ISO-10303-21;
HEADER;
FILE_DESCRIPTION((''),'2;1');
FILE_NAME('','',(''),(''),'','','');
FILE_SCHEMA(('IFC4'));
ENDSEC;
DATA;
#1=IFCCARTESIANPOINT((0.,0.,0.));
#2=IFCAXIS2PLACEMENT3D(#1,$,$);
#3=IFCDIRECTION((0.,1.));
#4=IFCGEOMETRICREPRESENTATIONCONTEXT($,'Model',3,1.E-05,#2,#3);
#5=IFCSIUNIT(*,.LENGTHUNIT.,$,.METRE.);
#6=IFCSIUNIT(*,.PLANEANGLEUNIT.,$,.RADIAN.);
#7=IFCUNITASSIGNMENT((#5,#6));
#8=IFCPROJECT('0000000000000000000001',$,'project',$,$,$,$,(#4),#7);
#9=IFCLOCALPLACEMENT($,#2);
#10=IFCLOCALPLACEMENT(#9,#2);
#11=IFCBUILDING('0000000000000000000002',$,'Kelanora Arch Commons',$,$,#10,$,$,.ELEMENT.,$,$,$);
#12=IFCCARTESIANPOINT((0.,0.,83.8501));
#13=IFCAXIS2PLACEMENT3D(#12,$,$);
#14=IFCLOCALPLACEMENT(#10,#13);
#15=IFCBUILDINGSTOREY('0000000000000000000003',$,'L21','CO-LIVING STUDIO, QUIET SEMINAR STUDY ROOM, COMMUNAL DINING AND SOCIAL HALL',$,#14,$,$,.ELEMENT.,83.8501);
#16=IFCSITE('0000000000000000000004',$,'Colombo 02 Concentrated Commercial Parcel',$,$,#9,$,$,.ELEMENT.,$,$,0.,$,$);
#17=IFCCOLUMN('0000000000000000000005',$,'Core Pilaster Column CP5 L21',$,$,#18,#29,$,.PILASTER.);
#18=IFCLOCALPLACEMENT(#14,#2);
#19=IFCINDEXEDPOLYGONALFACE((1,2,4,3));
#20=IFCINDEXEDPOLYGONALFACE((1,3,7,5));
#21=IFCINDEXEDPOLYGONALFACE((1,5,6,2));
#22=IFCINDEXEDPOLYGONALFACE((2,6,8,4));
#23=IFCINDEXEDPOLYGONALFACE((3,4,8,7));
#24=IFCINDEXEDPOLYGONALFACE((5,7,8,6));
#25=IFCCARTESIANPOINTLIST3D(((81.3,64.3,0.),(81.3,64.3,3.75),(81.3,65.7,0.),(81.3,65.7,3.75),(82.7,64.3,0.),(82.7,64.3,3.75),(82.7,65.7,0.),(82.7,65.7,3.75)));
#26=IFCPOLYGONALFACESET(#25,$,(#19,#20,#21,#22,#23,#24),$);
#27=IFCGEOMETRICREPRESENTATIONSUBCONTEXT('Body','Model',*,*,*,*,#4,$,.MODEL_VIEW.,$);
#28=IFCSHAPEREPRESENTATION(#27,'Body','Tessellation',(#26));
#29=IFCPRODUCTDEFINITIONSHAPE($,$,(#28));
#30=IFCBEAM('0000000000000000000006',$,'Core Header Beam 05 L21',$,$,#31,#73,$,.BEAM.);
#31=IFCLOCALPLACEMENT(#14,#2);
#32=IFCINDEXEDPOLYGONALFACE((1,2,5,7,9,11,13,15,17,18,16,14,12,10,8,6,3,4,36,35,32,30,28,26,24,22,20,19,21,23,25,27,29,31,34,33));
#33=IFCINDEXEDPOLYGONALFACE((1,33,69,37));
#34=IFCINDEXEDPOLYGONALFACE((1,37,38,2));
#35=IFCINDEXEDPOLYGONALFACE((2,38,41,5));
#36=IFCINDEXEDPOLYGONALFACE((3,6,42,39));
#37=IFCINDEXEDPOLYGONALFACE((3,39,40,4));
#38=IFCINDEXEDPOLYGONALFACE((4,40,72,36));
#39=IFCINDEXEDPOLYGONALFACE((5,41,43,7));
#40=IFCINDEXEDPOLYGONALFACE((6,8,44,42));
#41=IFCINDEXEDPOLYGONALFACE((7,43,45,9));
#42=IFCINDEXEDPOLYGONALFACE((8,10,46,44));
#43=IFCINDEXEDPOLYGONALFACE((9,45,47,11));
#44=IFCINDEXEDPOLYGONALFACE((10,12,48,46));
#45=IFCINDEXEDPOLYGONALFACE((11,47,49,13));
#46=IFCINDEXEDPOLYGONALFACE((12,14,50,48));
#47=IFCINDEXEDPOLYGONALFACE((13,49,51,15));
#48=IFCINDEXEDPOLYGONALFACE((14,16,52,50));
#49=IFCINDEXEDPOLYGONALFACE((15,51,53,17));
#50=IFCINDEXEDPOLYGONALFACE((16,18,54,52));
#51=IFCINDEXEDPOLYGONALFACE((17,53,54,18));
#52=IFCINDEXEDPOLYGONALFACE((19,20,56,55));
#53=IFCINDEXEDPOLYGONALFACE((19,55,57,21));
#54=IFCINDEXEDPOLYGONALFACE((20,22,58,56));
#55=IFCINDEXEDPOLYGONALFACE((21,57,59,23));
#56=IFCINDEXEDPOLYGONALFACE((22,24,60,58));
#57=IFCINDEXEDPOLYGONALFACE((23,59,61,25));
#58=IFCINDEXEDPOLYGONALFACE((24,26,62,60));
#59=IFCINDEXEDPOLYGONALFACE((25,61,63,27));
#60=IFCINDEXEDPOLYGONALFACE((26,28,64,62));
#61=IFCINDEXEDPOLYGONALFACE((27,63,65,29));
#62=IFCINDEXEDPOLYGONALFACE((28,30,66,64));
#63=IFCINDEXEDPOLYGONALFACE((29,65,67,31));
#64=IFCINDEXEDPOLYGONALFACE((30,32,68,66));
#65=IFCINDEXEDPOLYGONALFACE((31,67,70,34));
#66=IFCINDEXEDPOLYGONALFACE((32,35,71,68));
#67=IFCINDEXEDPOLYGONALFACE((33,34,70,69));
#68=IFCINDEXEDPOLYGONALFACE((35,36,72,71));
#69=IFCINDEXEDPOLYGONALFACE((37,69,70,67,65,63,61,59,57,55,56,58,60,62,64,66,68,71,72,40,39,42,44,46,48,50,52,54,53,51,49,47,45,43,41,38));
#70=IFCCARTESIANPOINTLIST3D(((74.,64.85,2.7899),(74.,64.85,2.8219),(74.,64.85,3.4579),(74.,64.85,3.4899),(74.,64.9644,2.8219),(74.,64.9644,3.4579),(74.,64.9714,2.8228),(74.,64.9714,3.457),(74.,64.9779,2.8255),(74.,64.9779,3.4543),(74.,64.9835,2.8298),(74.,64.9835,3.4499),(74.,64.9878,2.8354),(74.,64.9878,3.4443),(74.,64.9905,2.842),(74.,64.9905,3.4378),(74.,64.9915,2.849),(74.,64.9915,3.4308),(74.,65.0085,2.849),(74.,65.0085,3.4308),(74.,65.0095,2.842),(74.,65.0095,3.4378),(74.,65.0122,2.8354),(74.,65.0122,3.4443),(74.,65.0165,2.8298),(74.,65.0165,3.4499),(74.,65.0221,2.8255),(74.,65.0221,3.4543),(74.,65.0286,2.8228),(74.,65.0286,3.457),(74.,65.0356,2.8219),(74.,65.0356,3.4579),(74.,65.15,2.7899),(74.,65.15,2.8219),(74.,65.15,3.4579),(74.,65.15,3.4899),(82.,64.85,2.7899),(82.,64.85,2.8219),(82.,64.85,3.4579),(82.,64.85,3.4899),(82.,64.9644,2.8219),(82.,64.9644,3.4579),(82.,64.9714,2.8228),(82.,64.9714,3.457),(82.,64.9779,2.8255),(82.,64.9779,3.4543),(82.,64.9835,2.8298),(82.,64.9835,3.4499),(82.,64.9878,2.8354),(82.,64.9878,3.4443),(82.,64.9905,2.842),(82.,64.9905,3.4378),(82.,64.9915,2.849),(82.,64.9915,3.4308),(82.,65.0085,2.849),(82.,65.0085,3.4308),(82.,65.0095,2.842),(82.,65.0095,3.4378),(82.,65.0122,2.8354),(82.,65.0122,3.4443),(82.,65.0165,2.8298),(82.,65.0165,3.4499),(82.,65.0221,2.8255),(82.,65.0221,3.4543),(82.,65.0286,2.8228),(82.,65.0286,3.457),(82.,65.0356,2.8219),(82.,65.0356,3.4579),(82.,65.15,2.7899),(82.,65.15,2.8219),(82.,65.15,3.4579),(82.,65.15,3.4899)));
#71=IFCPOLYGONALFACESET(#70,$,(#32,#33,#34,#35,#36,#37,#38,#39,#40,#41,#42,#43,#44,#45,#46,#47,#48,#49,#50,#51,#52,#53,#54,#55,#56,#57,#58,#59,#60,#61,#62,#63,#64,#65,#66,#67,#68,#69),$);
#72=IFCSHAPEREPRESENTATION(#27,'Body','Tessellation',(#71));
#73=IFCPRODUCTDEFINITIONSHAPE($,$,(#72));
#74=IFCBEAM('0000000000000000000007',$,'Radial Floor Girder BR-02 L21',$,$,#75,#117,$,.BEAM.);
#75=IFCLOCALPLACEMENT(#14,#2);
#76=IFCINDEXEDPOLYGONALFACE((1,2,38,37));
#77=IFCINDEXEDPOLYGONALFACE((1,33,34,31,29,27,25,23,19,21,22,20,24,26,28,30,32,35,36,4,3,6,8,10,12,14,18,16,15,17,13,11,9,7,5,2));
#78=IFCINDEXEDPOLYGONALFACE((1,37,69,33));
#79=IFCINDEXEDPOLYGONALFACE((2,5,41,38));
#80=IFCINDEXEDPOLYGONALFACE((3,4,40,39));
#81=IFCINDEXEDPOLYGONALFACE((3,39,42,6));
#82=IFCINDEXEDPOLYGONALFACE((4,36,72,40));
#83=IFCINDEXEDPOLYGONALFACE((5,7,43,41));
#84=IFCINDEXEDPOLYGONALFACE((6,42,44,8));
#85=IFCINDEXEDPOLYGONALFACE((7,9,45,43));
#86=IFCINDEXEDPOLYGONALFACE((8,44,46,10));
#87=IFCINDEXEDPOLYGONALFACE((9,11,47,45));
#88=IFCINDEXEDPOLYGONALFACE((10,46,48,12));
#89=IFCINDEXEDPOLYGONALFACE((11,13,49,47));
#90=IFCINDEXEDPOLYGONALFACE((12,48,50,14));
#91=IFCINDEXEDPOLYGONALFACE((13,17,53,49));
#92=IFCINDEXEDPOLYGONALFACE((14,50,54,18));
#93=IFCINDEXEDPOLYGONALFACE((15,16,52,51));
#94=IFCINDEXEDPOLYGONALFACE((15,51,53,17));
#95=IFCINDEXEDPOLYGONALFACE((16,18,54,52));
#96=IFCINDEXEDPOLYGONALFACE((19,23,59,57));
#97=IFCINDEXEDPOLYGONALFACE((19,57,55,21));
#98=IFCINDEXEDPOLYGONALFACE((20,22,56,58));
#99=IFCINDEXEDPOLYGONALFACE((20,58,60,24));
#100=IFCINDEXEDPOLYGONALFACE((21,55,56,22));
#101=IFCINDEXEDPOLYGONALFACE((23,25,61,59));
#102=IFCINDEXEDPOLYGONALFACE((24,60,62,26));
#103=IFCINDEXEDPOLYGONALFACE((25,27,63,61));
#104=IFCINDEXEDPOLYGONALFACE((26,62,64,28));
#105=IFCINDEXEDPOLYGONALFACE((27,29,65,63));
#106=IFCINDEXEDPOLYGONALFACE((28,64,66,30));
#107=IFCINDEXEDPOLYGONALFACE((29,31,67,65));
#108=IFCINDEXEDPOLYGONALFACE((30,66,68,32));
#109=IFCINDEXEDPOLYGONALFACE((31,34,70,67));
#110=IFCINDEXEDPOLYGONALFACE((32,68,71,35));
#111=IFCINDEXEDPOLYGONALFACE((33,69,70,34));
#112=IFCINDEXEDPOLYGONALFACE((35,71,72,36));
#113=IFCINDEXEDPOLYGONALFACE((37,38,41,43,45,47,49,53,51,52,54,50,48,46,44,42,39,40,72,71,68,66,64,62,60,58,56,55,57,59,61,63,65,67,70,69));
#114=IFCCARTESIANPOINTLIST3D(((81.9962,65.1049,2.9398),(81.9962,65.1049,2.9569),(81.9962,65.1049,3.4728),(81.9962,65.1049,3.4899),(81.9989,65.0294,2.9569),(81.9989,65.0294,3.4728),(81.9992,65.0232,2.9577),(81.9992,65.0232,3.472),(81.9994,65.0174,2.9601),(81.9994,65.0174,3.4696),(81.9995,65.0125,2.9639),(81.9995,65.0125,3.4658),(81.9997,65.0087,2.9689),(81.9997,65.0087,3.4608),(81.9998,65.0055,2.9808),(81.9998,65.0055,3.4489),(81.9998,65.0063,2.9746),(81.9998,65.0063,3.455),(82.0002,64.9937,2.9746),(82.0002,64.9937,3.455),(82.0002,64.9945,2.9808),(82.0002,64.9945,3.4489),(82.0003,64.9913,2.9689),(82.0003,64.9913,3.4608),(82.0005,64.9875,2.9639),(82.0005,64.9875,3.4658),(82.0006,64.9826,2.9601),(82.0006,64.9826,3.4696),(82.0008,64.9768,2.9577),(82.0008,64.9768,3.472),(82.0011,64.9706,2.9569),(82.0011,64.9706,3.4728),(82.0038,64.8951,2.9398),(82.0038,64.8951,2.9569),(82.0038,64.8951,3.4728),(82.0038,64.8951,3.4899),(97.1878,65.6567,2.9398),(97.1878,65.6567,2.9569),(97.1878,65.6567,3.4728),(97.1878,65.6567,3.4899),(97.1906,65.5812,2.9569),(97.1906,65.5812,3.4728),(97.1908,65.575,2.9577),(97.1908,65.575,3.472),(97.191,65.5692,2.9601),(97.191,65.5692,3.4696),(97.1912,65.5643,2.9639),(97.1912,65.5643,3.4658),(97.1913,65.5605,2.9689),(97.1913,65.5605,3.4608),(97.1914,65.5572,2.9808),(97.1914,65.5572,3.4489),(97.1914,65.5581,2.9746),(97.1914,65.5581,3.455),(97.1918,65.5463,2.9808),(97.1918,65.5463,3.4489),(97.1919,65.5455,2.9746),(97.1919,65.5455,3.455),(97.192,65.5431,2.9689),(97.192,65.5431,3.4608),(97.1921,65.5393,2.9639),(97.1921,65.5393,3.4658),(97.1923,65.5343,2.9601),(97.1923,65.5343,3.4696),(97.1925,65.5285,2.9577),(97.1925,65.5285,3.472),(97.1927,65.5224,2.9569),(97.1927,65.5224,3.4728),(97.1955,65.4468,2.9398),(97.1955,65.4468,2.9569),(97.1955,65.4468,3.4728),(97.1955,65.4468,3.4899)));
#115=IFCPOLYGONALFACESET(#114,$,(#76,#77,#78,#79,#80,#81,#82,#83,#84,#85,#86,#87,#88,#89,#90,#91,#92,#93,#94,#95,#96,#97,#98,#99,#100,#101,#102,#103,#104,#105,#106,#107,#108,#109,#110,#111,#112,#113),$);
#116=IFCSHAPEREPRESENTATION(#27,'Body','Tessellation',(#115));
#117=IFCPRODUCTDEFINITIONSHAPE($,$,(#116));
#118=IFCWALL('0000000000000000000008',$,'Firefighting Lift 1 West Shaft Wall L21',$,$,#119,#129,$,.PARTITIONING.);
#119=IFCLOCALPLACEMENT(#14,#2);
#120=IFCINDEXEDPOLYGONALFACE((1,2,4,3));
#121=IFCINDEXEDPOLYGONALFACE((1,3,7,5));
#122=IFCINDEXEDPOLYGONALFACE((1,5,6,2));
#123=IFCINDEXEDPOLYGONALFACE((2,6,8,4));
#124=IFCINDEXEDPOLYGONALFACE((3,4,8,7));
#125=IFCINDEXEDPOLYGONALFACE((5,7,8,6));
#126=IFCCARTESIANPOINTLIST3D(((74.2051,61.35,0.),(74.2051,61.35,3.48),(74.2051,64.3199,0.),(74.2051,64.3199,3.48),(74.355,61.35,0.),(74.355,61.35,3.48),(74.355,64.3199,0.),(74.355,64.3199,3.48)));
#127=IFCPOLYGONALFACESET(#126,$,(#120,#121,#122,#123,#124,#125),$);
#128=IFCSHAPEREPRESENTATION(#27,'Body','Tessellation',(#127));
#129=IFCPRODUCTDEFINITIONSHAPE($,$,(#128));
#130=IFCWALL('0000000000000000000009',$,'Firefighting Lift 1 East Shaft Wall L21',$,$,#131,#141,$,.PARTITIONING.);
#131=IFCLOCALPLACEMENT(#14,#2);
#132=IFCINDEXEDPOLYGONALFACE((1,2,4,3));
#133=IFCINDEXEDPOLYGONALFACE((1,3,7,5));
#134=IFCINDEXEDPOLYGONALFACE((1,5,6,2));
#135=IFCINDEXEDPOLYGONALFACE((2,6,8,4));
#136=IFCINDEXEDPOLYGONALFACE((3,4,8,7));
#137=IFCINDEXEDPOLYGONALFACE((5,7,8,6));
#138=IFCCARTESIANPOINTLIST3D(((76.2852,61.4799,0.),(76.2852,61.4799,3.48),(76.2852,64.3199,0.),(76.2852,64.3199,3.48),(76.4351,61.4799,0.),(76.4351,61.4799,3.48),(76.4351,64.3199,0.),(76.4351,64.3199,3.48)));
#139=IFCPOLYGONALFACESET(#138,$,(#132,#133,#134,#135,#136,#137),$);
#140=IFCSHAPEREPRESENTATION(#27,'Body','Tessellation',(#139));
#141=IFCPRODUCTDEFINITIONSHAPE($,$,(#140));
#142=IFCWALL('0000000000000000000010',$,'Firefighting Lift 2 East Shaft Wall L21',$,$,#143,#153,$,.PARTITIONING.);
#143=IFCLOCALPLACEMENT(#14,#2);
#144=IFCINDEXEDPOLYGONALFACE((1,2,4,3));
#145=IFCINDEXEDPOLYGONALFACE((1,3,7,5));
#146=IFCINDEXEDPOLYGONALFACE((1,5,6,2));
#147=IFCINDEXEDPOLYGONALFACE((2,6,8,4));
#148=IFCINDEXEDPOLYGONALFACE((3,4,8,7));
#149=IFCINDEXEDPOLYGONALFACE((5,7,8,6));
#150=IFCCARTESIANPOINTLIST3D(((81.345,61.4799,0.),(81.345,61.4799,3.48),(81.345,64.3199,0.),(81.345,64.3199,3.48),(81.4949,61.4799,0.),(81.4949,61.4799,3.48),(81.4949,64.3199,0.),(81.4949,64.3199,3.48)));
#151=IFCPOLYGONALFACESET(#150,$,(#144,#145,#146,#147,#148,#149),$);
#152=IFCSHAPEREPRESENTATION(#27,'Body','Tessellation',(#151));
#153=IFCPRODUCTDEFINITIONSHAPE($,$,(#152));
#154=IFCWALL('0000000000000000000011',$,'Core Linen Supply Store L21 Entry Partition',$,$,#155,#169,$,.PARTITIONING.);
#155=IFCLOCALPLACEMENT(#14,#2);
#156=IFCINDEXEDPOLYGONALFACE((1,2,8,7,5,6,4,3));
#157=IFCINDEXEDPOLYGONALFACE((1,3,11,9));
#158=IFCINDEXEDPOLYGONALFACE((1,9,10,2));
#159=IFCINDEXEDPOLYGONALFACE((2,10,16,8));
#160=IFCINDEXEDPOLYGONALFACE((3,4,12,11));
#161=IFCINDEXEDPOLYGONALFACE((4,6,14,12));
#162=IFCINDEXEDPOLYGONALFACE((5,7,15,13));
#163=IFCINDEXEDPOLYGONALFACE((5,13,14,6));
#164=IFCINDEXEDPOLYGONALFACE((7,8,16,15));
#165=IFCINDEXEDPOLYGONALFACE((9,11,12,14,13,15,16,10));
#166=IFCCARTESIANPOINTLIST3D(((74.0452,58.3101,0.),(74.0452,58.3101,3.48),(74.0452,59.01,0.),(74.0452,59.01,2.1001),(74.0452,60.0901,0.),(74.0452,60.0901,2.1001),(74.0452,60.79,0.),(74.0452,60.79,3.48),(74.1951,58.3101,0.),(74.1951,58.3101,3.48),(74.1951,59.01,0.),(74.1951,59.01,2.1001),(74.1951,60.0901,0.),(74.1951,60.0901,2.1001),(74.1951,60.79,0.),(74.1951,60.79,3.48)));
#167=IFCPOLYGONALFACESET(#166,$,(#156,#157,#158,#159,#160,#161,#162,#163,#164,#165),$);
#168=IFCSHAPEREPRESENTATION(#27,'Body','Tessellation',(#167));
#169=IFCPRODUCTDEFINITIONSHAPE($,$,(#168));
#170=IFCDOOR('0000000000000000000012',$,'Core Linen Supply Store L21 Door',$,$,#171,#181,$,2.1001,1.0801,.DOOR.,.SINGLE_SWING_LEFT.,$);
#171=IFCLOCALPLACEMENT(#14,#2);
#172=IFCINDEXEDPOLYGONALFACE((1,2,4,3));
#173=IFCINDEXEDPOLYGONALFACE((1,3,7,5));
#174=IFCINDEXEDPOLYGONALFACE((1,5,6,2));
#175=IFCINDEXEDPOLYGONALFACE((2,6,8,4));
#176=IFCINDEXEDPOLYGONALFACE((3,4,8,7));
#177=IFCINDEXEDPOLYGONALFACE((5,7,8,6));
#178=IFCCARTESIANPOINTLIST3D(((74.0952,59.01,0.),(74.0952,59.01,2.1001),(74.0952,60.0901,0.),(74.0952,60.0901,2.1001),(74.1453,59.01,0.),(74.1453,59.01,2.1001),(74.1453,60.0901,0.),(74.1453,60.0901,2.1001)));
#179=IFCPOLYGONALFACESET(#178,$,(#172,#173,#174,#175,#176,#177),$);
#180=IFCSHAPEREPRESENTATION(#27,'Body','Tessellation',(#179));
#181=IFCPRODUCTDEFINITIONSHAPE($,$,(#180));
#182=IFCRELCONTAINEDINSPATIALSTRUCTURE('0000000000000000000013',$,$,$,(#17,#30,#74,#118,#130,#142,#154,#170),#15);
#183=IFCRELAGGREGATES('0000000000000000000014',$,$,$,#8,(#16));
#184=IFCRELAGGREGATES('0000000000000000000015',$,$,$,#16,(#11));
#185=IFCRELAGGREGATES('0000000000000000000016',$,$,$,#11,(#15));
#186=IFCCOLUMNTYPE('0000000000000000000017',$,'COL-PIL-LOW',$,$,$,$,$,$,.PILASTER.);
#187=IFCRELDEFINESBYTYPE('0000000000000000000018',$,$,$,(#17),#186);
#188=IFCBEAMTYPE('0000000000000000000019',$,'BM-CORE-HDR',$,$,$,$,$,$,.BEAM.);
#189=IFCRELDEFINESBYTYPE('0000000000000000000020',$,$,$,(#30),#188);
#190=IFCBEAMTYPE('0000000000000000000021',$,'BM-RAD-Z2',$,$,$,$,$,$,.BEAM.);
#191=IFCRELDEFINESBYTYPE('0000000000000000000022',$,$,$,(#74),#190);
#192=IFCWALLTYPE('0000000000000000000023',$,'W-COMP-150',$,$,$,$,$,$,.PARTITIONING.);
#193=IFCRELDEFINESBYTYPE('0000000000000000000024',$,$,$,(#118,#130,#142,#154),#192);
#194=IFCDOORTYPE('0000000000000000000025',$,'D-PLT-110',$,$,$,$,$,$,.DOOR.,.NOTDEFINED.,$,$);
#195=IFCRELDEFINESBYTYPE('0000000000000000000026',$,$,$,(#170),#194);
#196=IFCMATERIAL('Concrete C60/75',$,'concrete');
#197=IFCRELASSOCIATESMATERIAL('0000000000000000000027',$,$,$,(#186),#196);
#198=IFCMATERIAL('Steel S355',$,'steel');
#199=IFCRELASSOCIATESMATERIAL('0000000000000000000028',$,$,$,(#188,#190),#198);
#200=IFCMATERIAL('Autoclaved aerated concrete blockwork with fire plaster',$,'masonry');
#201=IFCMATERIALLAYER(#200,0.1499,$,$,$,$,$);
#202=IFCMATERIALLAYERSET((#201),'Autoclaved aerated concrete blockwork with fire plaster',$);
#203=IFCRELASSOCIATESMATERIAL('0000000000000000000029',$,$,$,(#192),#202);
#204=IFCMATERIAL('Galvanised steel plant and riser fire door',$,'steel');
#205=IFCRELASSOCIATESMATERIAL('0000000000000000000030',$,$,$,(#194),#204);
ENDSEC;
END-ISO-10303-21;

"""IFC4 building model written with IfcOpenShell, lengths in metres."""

from ifc_helpers import new_model, si_unit, direction, frame, frame_2d, origin, origin_2d, place, context, subcontext, project, spatial, rectangle, i_section, extrude, material, layer, layer_set, material_profile, profile_set, type_object, element, fill, save


model = new_model("IFC4")

# Units and contexts
model_context = context("Model", 3, precision=1e-05, world=origin(), true_north=direction((0.0, 1.0)))
body_context = subcontext(model_context, "Body", "Model", "MODEL_VIEW")
ifc_project = project(units=[si_unit("LENGTHUNIT", "METRE"), si_unit("PLANEANGLEUNIT", "RADIAN")], contexts=[model_context])

# Site, building, storey
site_placement = place(None, origin())
site = spatial("IfcSite", under=ifc_project, at=site_placement, Name="Colombo 02 Concentrated Commercial Parcel", CompositionType="ELEMENT", RefElevation=0.0)
building_placement = place(site_placement, origin())
building = spatial("IfcBuilding", under=site, at=building_placement, Name="Kelanora Arch Commons", CompositionType="ELEMENT")
storey_placement = place(building_placement, frame((0.0, 0.0, 83.8501)))
storey = spatial("IfcBuildingStorey", under=building, at=storey_placement, Name="L21", Description="CO-LIVING STUDIO, QUIET SEMINAR STUDY ROOM, COMMUNAL DINING AND SOCIAL HALL", CompositionType="ELEMENT", Elevation=83.8501)

# Column
ifc_material_1 = material(Name="Concrete C60/75", Category="concrete")
ifc_material_profile_1 = material_profile(ifc_material_1, rectangle(XDim=1.3999, YDim=1.3999, at=origin_2d()), Name="RC1400x1400")
ifc_profile_set_1 = profile_set([ifc_material_profile_1], Name="Concrete C60/75")
column_type = type_object("IfcColumnType", Name="COL-PIL-LOW", PredefinedType="PILASTER", material=ifc_profile_set_1)
column_placement = place(storey_placement, frame((82.0, 65.0, 0.0), z_axis=(0.0, 0.0, 1.0), x_axis=(1.0, 0.0, 0.0)))
element("IfcColumn", 1, at=column_placement, inside=storey, type_object=column_type, Name="Core Pilaster Column CP5 L21", PredefinedType="PILASTER", context=body_context, shape_type="SweptSolid", body=[
    extrude(rectangle(XDim=1.3999, YDim=1.3999, at=origin_2d()), origin(), (0.0, 0.0, 1.0), 3.75),
])

# Beams
ifc_material_2 = material(Name="Steel S355", Category="steel")
ifc_material_profile_2 = material_profile(ifc_material_2, i_section(OverallWidth=0.3, OverallDepth=0.7, WebThickness=0.0171, FlangeThickness=0.032, FilletRadius=0.0271, at=origin_2d()), Name="HEB700")
ifc_profile_set_2 = profile_set([ifc_material_profile_2], Name="Steel S355")
beam_type_1 = type_object("IfcBeamType", Name="BM-CORE-HDR", PredefinedType="BEAM", material=ifc_profile_set_2)
beam_1_placement = place(storey_placement, frame((82.0, 65.0, 3.1399), z_axis=(-1.0, 0.0, 0.0), x_axis=(0.0, -1.0, 0.0)))
element("IfcBeam", 2, at=beam_1_placement, inside=storey, type_object=beam_type_1, Name="Core Header Beam 05 L21", PredefinedType="BEAM", context=body_context, shape_type="SweptSolid", body=[
    extrude(i_section(OverallWidth=0.3, OverallDepth=0.7, WebThickness=0.0171, FlangeThickness=0.032, FilletRadius=0.0271, at=origin_2d()), origin(), (0.0, 0.0, 1.0), 8.0),
])
ifc_material_profile_3 = material_profile(ifc_material_2, i_section(OverallWidth=0.21, OverallDepth=0.55, WebThickness=0.011, FlangeThickness=0.0171, FilletRadius=0.0239, at=origin_2d()), Name="IPE550")
ifc_profile_set_3 = profile_set([ifc_material_profile_3], Name="Steel S355")
beam_type_2 = type_object("IfcBeamType", Name="BM-RAD-Z2", PredefinedType="BEAM", material=ifc_profile_set_3)
beam_2_placement = place(storey_placement, frame((82.0, 65.0, 3.2148), z_axis=(0.999341, 0.036296, 0.0), x_axis=(-0.036296, 0.999341, 0.0)))
element("IfcBeam", 3, at=beam_2_placement, inside=storey, type_object=beam_type_2, Name="Radial Floor Girder BR-02 L21", PredefinedType="BEAM", context=body_context, shape_type="SweptSolid", body=[
    extrude(i_section(OverallWidth=0.21, OverallDepth=0.55, WebThickness=0.011, FlangeThickness=0.0171, FilletRadius=0.0239, at=origin_2d()), origin(), (0.0, 0.0, 1.0), 15.2017),
])

# Walls
ifc_material_3 = material(Name="Autoclaved aerated concrete blockwork with fire plaster", Category="masonry")
ifc_layer_1 = layer(ifc_material_3, 0.1499)
ifc_layer_set_1 = layer_set([ifc_layer_1], Name="Autoclaved aerated concrete blockwork with fire plaster")
wall_type_1 = type_object("IfcWallType", Name="W-COMP-150", PredefinedType="PARTITIONING", material=ifc_layer_set_1)
wall_1_placement = place(storey_placement, frame((74.28, 61.3501, 0.0), z_axis=(0.0, 0.0, 1.0), x_axis=(0.0, 1.0, 0.0)))
element("IfcWall", 4, at=wall_1_placement, inside=storey, type_object=wall_type_1, Name="Firefighting Lift 1 West Shaft Wall L21", PredefinedType="PARTITIONING", context=body_context, shape_type="SweptSolid", body=[
    extrude(rectangle(XDim=2.97, YDim=0.1499, at=frame_2d((1.4849, 0.0))), origin(), (0.0, 0.0, 1.0), 3.48),
])
for number, where, z_axis, x_axis, name in (
    (5, (76.3601, 61.48, 0.0), (0.0, 0.0, 1.0), (0.0, 1.0, 0.0), "Firefighting Lift 1 East Shaft Wall L21"),
    (6, (81.4199, 61.48, 0.0), (0.0, 0.0, 1.0), (0.0, 1.0, 0.0), "Firefighting Lift 2 East Shaft Wall L21"),
):
    element("IfcWall", number, at=place(storey_placement, frame(where, z_axis=z_axis, x_axis=x_axis)), inside=storey, type_object=wall_type_1, Name=name, PredefinedType="PARTITIONING", context=body_context, shape_type="SweptSolid", body=[
        extrude(rectangle(XDim=2.8401, YDim=0.1499, at=frame_2d((1.4199, 0.0))), origin(), (0.0, 0.0, 1.0), 3.48),
    ])

# Wall, opening, door
wall_2_placement = place(storey_placement, frame((74.1201, 58.3101, 0.0), z_axis=(0.0, 0.0, 1.0), x_axis=(0.0, 1.0, 0.0)))
wall_2 = element("IfcWall", 7, at=wall_2_placement, inside=storey, type_object=wall_type_1, Name="Core Linen Supply Store L21 Entry Partition", PredefinedType="PARTITIONING", context=body_context, shape_type="SweptSolid", body=[
    extrude(rectangle(XDim=2.48, YDim=0.1499, at=frame_2d((1.24, 0.0))), origin(), (0.0, 0.0, 1.0), 3.48),
])
opening_1_placement = place(wall_2_placement, frame((0.7, 0.0, 0.0)))
opening_1 = element("IfcOpeningElement", 8, at=opening_1_placement, cuts=wall_2, PredefinedType="OPENING", context=body_context, shape_type="SweptSolid", body=[
    extrude(rectangle(XDim=1.0801, YDim=2.1001, at=frame_2d((0.54, 1.05))), frame((0.0, 0.085, 0.0), z_axis=(0.0, -1.0, 0.0), x_axis=(1.0, 0.0, 0.0)), (0.0, 0.0, 1.0), 0.1699),
])
ifc_material_4 = material(Name="Galvanised steel plant and riser fire door", Category="steel")
door_type_1 = type_object("IfcDoorType", Name="D-PLT-110", OperationType="NOTDEFINED", PredefinedType="DOOR", material=ifc_material_4)
door_1_placement = place(opening_1_placement, origin())
door_1 = element("IfcDoor", 9, at=door_1_placement, inside=storey, type_object=door_type_1, Name="Core Linen Supply Store L21 Door", OperationType="SINGLE_SWING_LEFT", OverallHeight=2.1001, OverallWidth=1.0801, PredefinedType="DOOR", context=body_context, shape_type="SweptSolid", body=[
    extrude(rectangle(XDim=1.0801, YDim=2.1001, at=frame_2d((0.54, 1.05))), frame((0.0, 0.0249, 0.0), z_axis=(0.0, -1.0, 0.0), x_axis=(1.0, 0.0, 0.0)), (0.0, 0.0, 1.0), 0.05),
])
fill(opening_1, door_1)

save(model, "model.ifc")
